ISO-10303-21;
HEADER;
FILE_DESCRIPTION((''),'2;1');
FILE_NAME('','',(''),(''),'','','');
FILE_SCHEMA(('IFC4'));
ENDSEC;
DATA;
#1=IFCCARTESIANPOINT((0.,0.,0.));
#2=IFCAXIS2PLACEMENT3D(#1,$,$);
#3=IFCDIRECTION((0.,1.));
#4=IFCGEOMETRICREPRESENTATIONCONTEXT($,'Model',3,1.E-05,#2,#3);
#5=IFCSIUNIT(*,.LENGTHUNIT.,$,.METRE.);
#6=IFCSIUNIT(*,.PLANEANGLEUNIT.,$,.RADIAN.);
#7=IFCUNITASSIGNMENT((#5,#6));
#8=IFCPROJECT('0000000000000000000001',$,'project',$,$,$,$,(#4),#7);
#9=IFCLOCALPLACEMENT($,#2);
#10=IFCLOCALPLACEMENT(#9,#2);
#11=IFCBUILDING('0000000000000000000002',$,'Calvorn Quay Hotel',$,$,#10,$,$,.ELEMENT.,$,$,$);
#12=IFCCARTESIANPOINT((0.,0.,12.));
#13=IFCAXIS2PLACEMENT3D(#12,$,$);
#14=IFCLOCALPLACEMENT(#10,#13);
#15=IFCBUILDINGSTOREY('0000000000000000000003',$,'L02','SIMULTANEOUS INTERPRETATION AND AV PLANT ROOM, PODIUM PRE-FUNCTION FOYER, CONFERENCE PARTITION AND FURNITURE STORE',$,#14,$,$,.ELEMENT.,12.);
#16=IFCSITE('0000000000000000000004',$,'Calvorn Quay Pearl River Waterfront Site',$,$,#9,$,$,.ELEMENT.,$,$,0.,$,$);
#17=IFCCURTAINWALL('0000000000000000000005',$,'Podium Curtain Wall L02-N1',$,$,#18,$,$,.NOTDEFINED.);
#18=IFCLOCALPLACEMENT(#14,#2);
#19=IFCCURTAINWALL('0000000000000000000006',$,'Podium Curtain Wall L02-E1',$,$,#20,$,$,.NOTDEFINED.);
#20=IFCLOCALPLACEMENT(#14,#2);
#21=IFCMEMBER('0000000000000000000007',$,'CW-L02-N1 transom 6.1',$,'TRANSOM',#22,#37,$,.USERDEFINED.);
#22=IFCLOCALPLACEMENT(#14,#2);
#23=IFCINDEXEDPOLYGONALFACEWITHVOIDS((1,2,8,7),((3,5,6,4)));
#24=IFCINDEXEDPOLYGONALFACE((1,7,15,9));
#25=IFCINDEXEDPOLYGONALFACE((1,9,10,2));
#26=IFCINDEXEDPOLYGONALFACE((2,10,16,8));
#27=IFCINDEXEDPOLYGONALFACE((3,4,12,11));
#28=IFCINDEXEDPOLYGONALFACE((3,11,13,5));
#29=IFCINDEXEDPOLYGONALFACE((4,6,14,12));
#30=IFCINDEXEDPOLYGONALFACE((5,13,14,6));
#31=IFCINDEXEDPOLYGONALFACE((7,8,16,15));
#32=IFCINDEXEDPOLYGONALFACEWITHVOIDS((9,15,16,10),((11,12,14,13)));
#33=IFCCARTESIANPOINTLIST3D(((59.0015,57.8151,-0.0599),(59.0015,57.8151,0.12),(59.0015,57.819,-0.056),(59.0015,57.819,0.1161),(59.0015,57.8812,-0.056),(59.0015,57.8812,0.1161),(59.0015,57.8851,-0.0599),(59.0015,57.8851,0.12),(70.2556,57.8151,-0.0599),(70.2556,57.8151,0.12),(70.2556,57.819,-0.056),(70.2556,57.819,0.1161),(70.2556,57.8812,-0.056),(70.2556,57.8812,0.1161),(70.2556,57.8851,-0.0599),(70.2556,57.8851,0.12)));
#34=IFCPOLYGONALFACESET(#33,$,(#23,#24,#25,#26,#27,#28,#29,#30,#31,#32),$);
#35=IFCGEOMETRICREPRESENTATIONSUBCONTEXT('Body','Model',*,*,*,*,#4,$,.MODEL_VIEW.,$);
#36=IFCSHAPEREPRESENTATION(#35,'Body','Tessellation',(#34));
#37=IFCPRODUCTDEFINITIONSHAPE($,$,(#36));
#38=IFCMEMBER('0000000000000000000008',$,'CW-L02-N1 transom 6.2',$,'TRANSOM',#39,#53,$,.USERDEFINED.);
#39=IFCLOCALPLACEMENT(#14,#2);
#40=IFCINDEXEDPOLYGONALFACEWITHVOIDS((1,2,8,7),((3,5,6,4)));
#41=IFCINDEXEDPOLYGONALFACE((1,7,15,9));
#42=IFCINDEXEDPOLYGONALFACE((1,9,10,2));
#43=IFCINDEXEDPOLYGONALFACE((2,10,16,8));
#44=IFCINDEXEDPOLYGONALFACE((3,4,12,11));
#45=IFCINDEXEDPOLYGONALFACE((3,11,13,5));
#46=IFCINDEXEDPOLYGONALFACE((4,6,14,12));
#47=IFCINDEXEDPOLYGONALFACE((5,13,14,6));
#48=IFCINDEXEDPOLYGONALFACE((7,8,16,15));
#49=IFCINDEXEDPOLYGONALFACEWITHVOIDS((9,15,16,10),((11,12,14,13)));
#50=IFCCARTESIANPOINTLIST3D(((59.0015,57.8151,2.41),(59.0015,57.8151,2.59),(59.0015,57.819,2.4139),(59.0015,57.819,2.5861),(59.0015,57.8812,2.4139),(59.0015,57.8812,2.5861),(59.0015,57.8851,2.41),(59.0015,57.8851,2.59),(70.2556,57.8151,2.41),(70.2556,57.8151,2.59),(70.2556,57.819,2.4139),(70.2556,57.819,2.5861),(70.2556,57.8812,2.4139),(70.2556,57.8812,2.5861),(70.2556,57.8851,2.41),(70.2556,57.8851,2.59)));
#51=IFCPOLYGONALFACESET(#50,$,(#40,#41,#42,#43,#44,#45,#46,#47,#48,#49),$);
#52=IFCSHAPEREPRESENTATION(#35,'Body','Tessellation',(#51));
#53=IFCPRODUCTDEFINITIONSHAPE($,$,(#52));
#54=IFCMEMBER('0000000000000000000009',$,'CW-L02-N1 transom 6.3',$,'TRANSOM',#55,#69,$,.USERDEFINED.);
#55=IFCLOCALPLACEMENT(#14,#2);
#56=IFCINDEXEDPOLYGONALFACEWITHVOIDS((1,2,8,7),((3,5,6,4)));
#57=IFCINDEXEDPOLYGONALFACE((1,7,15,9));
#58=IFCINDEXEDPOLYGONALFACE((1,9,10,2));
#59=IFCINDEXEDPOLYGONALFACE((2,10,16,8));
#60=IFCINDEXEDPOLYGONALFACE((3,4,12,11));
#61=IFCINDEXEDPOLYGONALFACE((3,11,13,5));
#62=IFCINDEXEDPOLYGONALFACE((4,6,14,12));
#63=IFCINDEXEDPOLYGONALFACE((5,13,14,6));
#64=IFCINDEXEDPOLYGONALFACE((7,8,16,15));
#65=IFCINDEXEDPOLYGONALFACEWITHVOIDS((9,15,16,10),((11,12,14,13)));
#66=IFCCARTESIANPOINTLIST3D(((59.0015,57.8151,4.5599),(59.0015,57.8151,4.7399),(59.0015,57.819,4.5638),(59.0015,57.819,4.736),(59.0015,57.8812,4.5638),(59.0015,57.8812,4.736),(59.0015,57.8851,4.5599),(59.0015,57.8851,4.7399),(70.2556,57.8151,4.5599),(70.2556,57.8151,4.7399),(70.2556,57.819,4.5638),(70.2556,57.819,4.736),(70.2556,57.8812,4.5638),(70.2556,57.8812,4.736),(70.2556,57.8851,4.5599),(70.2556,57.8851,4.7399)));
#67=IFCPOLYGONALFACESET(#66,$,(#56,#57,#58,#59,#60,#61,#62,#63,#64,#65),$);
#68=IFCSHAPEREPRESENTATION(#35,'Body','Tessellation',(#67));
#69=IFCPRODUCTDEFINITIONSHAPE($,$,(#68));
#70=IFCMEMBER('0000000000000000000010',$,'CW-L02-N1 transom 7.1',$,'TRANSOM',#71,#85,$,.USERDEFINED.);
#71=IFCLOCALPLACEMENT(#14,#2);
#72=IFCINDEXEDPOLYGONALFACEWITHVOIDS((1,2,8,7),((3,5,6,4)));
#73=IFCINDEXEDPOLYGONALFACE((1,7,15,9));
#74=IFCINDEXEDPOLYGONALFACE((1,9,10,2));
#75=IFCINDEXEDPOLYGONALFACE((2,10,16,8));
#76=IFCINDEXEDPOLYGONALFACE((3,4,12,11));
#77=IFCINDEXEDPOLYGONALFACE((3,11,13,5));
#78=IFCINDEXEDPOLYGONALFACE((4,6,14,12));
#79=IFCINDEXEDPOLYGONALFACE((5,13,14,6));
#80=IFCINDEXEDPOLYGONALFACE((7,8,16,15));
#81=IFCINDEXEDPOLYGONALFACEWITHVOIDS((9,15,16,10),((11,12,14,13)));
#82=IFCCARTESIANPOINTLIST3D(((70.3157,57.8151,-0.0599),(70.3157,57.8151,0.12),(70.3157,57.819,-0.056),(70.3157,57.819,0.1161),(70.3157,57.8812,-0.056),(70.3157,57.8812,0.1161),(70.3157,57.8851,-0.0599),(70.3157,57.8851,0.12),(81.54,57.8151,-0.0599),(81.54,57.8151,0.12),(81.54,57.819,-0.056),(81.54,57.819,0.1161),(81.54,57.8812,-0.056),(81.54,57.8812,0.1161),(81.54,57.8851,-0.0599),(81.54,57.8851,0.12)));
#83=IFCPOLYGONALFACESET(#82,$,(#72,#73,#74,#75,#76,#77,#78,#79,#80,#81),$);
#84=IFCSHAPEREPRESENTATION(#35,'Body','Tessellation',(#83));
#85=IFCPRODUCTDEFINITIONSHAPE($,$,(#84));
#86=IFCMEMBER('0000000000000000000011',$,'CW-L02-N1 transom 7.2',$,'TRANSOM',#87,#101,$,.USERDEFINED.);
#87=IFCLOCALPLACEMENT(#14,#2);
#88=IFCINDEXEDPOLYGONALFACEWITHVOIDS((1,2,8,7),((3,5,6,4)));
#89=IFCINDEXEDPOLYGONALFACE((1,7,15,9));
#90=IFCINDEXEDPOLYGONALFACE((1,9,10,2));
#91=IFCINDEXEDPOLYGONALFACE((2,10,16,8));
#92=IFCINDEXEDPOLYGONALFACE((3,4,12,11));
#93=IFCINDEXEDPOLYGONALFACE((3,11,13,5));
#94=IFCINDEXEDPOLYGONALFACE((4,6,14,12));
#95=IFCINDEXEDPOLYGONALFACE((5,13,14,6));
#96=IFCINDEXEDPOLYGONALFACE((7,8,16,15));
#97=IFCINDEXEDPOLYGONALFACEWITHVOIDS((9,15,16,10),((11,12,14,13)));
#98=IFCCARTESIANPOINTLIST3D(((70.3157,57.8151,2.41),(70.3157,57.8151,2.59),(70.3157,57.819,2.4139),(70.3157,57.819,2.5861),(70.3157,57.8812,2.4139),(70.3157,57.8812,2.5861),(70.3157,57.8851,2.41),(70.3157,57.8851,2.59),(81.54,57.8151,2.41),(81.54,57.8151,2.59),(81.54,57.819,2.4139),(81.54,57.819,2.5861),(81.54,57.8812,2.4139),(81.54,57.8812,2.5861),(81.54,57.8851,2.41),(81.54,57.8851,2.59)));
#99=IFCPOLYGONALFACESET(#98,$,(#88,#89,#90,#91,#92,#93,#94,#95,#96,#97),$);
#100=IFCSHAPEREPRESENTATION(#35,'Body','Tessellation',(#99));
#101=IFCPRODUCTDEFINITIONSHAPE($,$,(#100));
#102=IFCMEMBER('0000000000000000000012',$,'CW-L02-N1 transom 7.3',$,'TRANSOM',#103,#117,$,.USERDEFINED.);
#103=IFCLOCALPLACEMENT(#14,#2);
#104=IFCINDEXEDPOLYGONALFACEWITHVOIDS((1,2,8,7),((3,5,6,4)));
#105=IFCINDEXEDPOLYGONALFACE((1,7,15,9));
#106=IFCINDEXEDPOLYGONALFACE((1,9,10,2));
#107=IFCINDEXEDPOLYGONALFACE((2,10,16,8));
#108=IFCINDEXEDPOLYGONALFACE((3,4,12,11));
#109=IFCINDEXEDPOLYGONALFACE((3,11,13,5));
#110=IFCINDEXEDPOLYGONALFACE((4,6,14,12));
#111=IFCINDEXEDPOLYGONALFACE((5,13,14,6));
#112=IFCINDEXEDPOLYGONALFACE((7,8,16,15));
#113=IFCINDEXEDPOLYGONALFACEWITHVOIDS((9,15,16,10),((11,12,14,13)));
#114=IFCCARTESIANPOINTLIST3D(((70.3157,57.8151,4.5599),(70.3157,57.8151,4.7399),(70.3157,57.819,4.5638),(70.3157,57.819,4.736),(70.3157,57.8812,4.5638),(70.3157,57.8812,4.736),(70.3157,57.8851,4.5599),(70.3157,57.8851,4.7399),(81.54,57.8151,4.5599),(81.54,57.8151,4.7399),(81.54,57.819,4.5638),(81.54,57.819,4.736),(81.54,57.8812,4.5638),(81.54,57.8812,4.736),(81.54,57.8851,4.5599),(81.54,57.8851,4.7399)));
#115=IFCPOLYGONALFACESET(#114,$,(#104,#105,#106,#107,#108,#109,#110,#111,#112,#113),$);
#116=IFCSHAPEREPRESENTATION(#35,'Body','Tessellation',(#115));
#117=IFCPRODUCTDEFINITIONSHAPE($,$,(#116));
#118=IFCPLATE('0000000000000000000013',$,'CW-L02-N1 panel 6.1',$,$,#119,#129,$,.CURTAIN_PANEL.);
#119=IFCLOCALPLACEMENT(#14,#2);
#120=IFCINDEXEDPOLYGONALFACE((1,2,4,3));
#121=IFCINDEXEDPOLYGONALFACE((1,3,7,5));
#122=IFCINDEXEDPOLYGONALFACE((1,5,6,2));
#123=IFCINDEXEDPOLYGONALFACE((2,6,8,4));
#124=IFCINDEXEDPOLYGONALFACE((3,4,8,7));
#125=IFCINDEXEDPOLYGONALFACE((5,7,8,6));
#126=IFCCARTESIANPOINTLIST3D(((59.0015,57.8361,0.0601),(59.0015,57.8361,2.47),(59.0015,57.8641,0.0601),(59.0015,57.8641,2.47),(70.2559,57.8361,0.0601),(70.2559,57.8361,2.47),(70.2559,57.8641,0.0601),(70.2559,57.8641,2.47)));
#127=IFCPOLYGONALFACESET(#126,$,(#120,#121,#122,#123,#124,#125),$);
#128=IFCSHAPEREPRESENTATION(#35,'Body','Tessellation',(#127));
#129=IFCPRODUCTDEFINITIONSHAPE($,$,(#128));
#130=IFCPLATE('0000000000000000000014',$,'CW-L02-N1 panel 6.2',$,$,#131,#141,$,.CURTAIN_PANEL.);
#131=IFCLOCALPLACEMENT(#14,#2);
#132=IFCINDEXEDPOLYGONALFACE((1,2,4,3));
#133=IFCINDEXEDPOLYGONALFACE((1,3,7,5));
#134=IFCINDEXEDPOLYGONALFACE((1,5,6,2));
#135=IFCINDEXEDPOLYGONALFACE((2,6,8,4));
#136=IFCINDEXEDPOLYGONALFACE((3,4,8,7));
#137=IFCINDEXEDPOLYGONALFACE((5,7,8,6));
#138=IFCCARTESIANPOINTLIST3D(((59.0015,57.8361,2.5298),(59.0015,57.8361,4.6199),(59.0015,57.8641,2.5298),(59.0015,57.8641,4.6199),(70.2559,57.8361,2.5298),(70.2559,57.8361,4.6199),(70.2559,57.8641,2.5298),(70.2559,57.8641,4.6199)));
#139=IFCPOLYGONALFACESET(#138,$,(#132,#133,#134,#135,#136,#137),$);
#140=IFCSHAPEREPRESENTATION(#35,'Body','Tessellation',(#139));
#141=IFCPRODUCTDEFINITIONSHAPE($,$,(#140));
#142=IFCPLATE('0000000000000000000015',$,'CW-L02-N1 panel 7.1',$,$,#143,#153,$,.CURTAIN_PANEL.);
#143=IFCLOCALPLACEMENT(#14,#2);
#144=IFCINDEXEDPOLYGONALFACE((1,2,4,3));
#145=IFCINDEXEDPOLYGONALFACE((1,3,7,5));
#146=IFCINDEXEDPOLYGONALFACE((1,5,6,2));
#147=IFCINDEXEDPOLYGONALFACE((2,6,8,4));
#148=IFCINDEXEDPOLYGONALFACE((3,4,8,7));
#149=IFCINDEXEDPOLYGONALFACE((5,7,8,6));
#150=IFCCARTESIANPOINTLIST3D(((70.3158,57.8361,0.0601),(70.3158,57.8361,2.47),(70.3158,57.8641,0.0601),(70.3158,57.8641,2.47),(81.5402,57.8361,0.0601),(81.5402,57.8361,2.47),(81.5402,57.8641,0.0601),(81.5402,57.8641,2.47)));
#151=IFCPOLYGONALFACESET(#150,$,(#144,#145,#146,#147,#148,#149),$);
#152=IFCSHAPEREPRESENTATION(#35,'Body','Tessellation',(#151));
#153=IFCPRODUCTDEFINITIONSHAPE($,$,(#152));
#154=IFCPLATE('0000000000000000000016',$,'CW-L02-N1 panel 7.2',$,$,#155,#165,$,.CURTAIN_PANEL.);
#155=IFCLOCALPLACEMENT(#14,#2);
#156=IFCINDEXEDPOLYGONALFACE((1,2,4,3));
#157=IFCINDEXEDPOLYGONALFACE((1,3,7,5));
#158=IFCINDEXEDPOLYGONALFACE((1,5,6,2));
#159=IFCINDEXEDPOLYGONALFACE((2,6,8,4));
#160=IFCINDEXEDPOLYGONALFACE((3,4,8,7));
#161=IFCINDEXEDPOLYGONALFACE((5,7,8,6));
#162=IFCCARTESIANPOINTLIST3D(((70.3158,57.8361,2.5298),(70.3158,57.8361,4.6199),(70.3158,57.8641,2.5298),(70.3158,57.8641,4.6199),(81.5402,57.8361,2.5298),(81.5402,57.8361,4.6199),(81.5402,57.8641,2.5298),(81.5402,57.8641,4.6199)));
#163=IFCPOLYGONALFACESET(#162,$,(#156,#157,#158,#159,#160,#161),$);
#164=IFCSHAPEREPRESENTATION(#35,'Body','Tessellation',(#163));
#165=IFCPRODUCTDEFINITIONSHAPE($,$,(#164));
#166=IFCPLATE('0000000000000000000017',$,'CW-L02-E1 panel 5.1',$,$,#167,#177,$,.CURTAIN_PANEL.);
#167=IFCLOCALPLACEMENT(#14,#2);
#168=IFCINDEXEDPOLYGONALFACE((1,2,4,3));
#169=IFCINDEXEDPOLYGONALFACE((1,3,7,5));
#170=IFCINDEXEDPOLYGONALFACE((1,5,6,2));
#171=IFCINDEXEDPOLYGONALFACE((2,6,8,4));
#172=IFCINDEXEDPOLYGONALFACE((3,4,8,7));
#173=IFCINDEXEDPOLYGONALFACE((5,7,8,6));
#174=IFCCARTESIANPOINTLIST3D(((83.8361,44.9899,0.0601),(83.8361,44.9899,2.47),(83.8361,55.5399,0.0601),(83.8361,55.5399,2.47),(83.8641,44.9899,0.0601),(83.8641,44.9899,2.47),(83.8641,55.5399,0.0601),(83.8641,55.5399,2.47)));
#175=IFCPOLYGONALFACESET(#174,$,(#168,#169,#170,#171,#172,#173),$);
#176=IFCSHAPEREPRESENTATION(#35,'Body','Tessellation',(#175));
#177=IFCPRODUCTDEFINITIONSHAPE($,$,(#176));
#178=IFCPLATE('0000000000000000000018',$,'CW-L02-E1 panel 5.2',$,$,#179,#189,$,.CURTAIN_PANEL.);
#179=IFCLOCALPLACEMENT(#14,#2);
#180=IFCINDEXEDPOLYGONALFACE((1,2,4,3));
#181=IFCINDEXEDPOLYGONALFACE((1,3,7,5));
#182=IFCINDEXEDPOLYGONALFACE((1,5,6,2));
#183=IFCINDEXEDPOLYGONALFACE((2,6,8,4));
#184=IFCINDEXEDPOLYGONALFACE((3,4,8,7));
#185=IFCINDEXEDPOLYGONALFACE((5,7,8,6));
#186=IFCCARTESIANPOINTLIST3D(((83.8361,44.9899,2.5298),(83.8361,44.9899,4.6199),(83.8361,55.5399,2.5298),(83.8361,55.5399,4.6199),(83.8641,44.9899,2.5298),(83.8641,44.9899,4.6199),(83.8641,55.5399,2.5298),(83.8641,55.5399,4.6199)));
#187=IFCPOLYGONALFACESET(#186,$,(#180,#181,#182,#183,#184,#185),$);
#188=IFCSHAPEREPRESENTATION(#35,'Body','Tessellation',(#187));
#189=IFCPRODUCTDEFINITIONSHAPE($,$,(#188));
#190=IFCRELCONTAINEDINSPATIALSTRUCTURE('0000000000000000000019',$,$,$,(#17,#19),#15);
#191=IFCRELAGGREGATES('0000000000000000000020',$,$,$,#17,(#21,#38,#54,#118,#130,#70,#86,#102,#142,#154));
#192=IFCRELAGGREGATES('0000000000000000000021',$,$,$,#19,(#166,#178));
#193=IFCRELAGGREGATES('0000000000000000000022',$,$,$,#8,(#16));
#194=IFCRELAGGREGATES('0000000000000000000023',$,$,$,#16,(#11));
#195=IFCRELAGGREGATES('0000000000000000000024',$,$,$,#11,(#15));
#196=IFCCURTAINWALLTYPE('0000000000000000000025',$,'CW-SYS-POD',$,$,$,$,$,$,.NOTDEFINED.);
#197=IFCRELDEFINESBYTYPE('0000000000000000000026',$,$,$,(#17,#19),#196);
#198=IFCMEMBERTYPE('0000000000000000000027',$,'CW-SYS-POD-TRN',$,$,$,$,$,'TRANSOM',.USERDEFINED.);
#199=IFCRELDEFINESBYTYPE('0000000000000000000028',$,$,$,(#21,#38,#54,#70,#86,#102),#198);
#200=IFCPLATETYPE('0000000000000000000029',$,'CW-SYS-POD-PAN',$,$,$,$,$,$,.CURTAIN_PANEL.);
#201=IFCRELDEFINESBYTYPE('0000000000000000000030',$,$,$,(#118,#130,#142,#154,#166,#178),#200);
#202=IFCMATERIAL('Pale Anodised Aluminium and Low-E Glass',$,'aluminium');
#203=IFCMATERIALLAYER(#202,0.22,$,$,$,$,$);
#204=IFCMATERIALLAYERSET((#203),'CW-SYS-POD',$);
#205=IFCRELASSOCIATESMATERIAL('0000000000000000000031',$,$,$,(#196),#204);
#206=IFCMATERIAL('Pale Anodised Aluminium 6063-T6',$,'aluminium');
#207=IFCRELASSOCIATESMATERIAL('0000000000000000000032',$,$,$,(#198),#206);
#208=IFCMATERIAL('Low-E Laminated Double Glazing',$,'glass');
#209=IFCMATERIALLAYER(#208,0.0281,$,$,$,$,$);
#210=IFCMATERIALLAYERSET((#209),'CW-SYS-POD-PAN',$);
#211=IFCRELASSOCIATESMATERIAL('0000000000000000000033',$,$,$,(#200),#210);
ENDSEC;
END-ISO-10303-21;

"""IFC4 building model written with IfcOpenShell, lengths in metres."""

from ifc_helpers import new_model, si_unit, direction, frame, origin, origin_2d, place, context, subcontext, project, spatial, rectangle, hollow_rectangle, extrude, material, layer, layer_set, material_profile, profile_set, type_object, element, aggregate, save


model = new_model("IFC4")

# Units and contexts
model_context = context("Model", 3, precision=1e-05, world=origin(), true_north=direction((0.0, 1.0)))
body_context = subcontext(model_context, "Body", "Model", "MODEL_VIEW")
ifc_project = project(units=[si_unit("LENGTHUNIT", "METRE"), si_unit("PLANEANGLEUNIT", "RADIAN")], contexts=[model_context])

# Site, building, storey
site_placement = place(None, origin())
site = spatial("IfcSite", under=ifc_project, at=site_placement, Name="Calvorn Quay Pearl River Waterfront Site", CompositionType="ELEMENT", RefElevation=0.0)
building_placement = place(site_placement, origin())
building = spatial("IfcBuilding", under=site, at=building_placement, Name="Calvorn Quay Hotel", CompositionType="ELEMENT")
storey_placement = place(building_placement, frame((0.0, 0.0, 12.0)))
storey = spatial("IfcBuildingStorey", under=building, at=storey_placement, Name="L02", Description="SIMULTANEOUS INTERPRETATION AND AV PLANT ROOM, PODIUM PRE-FUNCTION FOYER, CONFERENCE PARTITION AND FURNITURE STORE", CompositionType="ELEMENT", Elevation=12.0)

# Curtain wall
ifc_material_1 = material(Name="Pale Anodised Aluminium and Low-E Glass", Category="aluminium")
ifc_layer_1 = layer(ifc_material_1, 0.22)
ifc_layer_set_1 = layer_set([ifc_layer_1], Name="CW-SYS-POD")
curtain_wall_type = type_object("IfcCurtainWallType", Name="CW-SYS-POD", PredefinedType="NOTDEFINED", material=ifc_layer_set_1)
curtain_wall_1_placement = place(storey_placement, origin())
curtain_wall_1 = element("IfcCurtainWall", 1, at=curtain_wall_1_placement, inside=storey, type_object=curtain_wall_type, Name="Podium Curtain Wall L02-N1", PredefinedType="NOTDEFINED")

# Curtain wall
curtain_wall_2_placement = place(storey_placement, origin())
curtain_wall_2 = element("IfcCurtainWall", 2, at=curtain_wall_2_placement, inside=storey, type_object=curtain_wall_type, Name="Podium Curtain Wall L02-E1", PredefinedType="NOTDEFINED")

# Members
ifc_material_2 = material(Name="Pale Anodised Aluminium 6063-T6", Category="aluminium")
ifc_material_profile_1 = material_profile(ifc_material_2, hollow_rectangle(XDim=0.0701, YDim=0.1799, WallThickness=0.0039, at=origin_2d()), Name="ALU-T180x70x4")
ifc_profile_set_1 = profile_set([ifc_material_profile_1], Name="Pale Anodised Aluminium 6063-T6")
member_type_1 = type_object("IfcMemberType", Name="CW-SYS-POD-TRN", ElementType="TRANSOM", PredefinedType="USERDEFINED", material=ifc_profile_set_1)
member_1_placement = place(storey_placement, frame((59.0015, 57.8501, 0.03), z_axis=(1.0, 0.0, 0.0), x_axis=(0.0, 1.0, 0.0)))
member_1 = element("IfcMember", 3, at=member_1_placement, type_object=member_type_1, Name="CW-L02-N1 transom 6.1", ObjectType="TRANSOM", PredefinedType="USERDEFINED", context=body_context, shape_type="SweptSolid", body=[
    extrude(hollow_rectangle(XDim=0.0701, YDim=0.1799, WallThickness=0.0039, at=origin_2d()), origin(), (0.0, 0.0, 1.0), 11.2542),
])
member_2_placement = place(storey_placement, frame((59.0015, 57.8501, 2.5), z_axis=(1.0, 0.0, 0.0), x_axis=(0.0, 1.0, 0.0)))
member_2 = element("IfcMember", 4, at=member_2_placement, type_object=member_type_1, Name="CW-L02-N1 transom 6.2", ObjectType="TRANSOM", PredefinedType="USERDEFINED", context=body_context, shape_type="SweptSolid", body=[
    extrude(hollow_rectangle(XDim=0.0701, YDim=0.1799, WallThickness=0.0039, at=origin_2d()), origin(), (0.0, 0.0, 1.0), 11.2542),
])
member_3_placement = place(storey_placement, frame((59.0015, 57.8501, 4.6499), z_axis=(1.0, 0.0, 0.0), x_axis=(0.0, 1.0, 0.0)))
member_3 = element("IfcMember", 5, at=member_3_placement, type_object=member_type_1, Name="CW-L02-N1 transom 6.3", ObjectType="TRANSOM", PredefinedType="USERDEFINED", context=body_context, shape_type="SweptSolid", body=[
    extrude(hollow_rectangle(XDim=0.0701, YDim=0.1799, WallThickness=0.0039, at=origin_2d()), origin(), (0.0, 0.0, 1.0), 11.2542),
])
member_4_placement = place(storey_placement, frame((70.3157, 57.8501, 0.03), z_axis=(1.0, 0.0, 0.0), x_axis=(0.0, 1.0, 0.0)))
member_4 = element("IfcMember", 6, at=member_4_placement, type_object=member_type_1, Name="CW-L02-N1 transom 7.1", ObjectType="TRANSOM", PredefinedType="USERDEFINED", context=body_context, shape_type="SweptSolid", body=[
    extrude(hollow_rectangle(XDim=0.0701, YDim=0.1799, WallThickness=0.0039, at=origin_2d()), origin(), (0.0, 0.0, 1.0), 11.2244),
])
member_5_placement = place(storey_placement, frame((70.3157, 57.8501, 2.5), z_axis=(1.0, 0.0, 0.0), x_axis=(0.0, 1.0, 0.0)))
member_5 = element("IfcMember", 7, at=member_5_placement, type_object=member_type_1, Name="CW-L02-N1 transom 7.2", ObjectType="TRANSOM", PredefinedType="USERDEFINED", context=body_context, shape_type="SweptSolid", body=[
    extrude(hollow_rectangle(XDim=0.0701, YDim=0.1799, WallThickness=0.0039, at=origin_2d()), origin(), (0.0, 0.0, 1.0), 11.2244),
])
member_6_placement = place(storey_placement, frame((70.3157, 57.8501, 4.6499), z_axis=(1.0, 0.0, 0.0), x_axis=(0.0, 1.0, 0.0)))
member_6 = element("IfcMember", 8, at=member_6_placement, type_object=member_type_1, Name="CW-L02-N1 transom 7.3", ObjectType="TRANSOM", PredefinedType="USERDEFINED", context=body_context, shape_type="SweptSolid", body=[
    extrude(hollow_rectangle(XDim=0.0701, YDim=0.1799, WallThickness=0.0039, at=origin_2d()), origin(), (0.0, 0.0, 1.0), 11.2244),
])

# Plates
ifc_material_3 = material(Name="Low-E Laminated Double Glazing", Category="glass")
ifc_layer_2 = layer(ifc_material_3, 0.0281)
ifc_layer_set_2 = layer_set([ifc_layer_2], Name="CW-SYS-POD-PAN")
plate_type = type_object("IfcPlateType", Name="CW-SYS-POD-PAN", PredefinedType="CURTAIN_PANEL", material=ifc_layer_set_2)
plate_1_placement = place(storey_placement, frame((64.6287, 57.8501, 0.0601), z_axis=(0.0, 0.0, 1.0), x_axis=(1.0, 0.0, 0.0)))
plate_1 = element("IfcPlate", 9, at=plate_1_placement, type_object=plate_type, Name="CW-L02-N1 panel 6.1", PredefinedType="CURTAIN_PANEL", context=body_context, shape_type="SweptSolid", body=[
    extrude(rectangle(XDim=11.2544, YDim=0.0281, at=origin_2d()), origin(), (0.0, 0.0, 1.0), 2.4099),
])
plate_2_placement = place(storey_placement, frame((64.6287, 57.8501, 2.5298), z_axis=(0.0, 0.0, 1.0), x_axis=(1.0, 0.0, 0.0)))
plate_2 = element("IfcPlate", 10, at=plate_2_placement, type_object=plate_type, Name="CW-L02-N1 panel 6.2", PredefinedType="CURTAIN_PANEL", context=body_context, shape_type="SweptSolid", body=[
    extrude(rectangle(XDim=11.2544, YDim=0.0281, at=origin_2d()), origin(), (0.0, 0.0, 1.0), 2.0901),
])
plate_3_placement = place(storey_placement, frame((75.928, 57.8501, 0.0601), z_axis=(0.0, 0.0, 1.0), x_axis=(1.0, 0.0, 0.0)))
plate_3 = element("IfcPlate", 11, at=plate_3_placement, type_object=plate_type, Name="CW-L02-N1 panel 7.1", PredefinedType="CURTAIN_PANEL", context=body_context, shape_type="SweptSolid", body=[
    extrude(rectangle(XDim=11.2244, YDim=0.0281, at=origin_2d()), origin(), (0.0, 0.0, 1.0), 2.4099),
])
plate_4_placement = place(storey_placement, frame((75.928, 57.8501, 2.5298), z_axis=(0.0, 0.0, 1.0), x_axis=(1.0, 0.0, 0.0)))
plate_4 = element("IfcPlate", 12, at=plate_4_placement, type_object=plate_type, Name="CW-L02-N1 panel 7.2", PredefinedType="CURTAIN_PANEL", context=body_context, shape_type="SweptSolid", body=[
    extrude(rectangle(XDim=11.2244, YDim=0.0281, at=origin_2d()), origin(), (0.0, 0.0, 1.0), 2.0901),
])
aggregate(curtain_wall_1, [member_1, member_2, member_3, plate_1, plate_2, member_4, member_5, member_6, plate_3, plate_4])
plate_5_placement = place(storey_placement, frame((83.8501, 50.2649, 0.0601), z_axis=(0.0, 0.0, 1.0), x_axis=(0.0, 1.0, 0.0)))
plate_5 = element("IfcPlate", 13, at=plate_5_placement, type_object=plate_type, Name="CW-L02-E1 panel 5.1", PredefinedType="CURTAIN_PANEL", context=body_context, shape_type="SweptSolid", body=[
    extrude(rectangle(XDim=10.55, YDim=0.0281, at=origin_2d()), origin(), (0.0, 0.0, 1.0), 2.4099),
])
plate_6_placement = place(storey_placement, frame((83.8501, 50.2649, 2.5298), z_axis=(0.0, 0.0, 1.0), x_axis=(0.0, 1.0, 0.0)))
plate_6 = element("IfcPlate", 14, at=plate_6_placement, type_object=plate_type, Name="CW-L02-E1 panel 5.2", PredefinedType="CURTAIN_PANEL", context=body_context, shape_type="SweptSolid", body=[
    extrude(rectangle(XDim=10.55, YDim=0.0281, at=origin_2d()), origin(), (0.0, 0.0, 1.0), 2.0901),
])
aggregate(curtain_wall_2, [plate_5, plate_6])

save(model, "model.ifc")
